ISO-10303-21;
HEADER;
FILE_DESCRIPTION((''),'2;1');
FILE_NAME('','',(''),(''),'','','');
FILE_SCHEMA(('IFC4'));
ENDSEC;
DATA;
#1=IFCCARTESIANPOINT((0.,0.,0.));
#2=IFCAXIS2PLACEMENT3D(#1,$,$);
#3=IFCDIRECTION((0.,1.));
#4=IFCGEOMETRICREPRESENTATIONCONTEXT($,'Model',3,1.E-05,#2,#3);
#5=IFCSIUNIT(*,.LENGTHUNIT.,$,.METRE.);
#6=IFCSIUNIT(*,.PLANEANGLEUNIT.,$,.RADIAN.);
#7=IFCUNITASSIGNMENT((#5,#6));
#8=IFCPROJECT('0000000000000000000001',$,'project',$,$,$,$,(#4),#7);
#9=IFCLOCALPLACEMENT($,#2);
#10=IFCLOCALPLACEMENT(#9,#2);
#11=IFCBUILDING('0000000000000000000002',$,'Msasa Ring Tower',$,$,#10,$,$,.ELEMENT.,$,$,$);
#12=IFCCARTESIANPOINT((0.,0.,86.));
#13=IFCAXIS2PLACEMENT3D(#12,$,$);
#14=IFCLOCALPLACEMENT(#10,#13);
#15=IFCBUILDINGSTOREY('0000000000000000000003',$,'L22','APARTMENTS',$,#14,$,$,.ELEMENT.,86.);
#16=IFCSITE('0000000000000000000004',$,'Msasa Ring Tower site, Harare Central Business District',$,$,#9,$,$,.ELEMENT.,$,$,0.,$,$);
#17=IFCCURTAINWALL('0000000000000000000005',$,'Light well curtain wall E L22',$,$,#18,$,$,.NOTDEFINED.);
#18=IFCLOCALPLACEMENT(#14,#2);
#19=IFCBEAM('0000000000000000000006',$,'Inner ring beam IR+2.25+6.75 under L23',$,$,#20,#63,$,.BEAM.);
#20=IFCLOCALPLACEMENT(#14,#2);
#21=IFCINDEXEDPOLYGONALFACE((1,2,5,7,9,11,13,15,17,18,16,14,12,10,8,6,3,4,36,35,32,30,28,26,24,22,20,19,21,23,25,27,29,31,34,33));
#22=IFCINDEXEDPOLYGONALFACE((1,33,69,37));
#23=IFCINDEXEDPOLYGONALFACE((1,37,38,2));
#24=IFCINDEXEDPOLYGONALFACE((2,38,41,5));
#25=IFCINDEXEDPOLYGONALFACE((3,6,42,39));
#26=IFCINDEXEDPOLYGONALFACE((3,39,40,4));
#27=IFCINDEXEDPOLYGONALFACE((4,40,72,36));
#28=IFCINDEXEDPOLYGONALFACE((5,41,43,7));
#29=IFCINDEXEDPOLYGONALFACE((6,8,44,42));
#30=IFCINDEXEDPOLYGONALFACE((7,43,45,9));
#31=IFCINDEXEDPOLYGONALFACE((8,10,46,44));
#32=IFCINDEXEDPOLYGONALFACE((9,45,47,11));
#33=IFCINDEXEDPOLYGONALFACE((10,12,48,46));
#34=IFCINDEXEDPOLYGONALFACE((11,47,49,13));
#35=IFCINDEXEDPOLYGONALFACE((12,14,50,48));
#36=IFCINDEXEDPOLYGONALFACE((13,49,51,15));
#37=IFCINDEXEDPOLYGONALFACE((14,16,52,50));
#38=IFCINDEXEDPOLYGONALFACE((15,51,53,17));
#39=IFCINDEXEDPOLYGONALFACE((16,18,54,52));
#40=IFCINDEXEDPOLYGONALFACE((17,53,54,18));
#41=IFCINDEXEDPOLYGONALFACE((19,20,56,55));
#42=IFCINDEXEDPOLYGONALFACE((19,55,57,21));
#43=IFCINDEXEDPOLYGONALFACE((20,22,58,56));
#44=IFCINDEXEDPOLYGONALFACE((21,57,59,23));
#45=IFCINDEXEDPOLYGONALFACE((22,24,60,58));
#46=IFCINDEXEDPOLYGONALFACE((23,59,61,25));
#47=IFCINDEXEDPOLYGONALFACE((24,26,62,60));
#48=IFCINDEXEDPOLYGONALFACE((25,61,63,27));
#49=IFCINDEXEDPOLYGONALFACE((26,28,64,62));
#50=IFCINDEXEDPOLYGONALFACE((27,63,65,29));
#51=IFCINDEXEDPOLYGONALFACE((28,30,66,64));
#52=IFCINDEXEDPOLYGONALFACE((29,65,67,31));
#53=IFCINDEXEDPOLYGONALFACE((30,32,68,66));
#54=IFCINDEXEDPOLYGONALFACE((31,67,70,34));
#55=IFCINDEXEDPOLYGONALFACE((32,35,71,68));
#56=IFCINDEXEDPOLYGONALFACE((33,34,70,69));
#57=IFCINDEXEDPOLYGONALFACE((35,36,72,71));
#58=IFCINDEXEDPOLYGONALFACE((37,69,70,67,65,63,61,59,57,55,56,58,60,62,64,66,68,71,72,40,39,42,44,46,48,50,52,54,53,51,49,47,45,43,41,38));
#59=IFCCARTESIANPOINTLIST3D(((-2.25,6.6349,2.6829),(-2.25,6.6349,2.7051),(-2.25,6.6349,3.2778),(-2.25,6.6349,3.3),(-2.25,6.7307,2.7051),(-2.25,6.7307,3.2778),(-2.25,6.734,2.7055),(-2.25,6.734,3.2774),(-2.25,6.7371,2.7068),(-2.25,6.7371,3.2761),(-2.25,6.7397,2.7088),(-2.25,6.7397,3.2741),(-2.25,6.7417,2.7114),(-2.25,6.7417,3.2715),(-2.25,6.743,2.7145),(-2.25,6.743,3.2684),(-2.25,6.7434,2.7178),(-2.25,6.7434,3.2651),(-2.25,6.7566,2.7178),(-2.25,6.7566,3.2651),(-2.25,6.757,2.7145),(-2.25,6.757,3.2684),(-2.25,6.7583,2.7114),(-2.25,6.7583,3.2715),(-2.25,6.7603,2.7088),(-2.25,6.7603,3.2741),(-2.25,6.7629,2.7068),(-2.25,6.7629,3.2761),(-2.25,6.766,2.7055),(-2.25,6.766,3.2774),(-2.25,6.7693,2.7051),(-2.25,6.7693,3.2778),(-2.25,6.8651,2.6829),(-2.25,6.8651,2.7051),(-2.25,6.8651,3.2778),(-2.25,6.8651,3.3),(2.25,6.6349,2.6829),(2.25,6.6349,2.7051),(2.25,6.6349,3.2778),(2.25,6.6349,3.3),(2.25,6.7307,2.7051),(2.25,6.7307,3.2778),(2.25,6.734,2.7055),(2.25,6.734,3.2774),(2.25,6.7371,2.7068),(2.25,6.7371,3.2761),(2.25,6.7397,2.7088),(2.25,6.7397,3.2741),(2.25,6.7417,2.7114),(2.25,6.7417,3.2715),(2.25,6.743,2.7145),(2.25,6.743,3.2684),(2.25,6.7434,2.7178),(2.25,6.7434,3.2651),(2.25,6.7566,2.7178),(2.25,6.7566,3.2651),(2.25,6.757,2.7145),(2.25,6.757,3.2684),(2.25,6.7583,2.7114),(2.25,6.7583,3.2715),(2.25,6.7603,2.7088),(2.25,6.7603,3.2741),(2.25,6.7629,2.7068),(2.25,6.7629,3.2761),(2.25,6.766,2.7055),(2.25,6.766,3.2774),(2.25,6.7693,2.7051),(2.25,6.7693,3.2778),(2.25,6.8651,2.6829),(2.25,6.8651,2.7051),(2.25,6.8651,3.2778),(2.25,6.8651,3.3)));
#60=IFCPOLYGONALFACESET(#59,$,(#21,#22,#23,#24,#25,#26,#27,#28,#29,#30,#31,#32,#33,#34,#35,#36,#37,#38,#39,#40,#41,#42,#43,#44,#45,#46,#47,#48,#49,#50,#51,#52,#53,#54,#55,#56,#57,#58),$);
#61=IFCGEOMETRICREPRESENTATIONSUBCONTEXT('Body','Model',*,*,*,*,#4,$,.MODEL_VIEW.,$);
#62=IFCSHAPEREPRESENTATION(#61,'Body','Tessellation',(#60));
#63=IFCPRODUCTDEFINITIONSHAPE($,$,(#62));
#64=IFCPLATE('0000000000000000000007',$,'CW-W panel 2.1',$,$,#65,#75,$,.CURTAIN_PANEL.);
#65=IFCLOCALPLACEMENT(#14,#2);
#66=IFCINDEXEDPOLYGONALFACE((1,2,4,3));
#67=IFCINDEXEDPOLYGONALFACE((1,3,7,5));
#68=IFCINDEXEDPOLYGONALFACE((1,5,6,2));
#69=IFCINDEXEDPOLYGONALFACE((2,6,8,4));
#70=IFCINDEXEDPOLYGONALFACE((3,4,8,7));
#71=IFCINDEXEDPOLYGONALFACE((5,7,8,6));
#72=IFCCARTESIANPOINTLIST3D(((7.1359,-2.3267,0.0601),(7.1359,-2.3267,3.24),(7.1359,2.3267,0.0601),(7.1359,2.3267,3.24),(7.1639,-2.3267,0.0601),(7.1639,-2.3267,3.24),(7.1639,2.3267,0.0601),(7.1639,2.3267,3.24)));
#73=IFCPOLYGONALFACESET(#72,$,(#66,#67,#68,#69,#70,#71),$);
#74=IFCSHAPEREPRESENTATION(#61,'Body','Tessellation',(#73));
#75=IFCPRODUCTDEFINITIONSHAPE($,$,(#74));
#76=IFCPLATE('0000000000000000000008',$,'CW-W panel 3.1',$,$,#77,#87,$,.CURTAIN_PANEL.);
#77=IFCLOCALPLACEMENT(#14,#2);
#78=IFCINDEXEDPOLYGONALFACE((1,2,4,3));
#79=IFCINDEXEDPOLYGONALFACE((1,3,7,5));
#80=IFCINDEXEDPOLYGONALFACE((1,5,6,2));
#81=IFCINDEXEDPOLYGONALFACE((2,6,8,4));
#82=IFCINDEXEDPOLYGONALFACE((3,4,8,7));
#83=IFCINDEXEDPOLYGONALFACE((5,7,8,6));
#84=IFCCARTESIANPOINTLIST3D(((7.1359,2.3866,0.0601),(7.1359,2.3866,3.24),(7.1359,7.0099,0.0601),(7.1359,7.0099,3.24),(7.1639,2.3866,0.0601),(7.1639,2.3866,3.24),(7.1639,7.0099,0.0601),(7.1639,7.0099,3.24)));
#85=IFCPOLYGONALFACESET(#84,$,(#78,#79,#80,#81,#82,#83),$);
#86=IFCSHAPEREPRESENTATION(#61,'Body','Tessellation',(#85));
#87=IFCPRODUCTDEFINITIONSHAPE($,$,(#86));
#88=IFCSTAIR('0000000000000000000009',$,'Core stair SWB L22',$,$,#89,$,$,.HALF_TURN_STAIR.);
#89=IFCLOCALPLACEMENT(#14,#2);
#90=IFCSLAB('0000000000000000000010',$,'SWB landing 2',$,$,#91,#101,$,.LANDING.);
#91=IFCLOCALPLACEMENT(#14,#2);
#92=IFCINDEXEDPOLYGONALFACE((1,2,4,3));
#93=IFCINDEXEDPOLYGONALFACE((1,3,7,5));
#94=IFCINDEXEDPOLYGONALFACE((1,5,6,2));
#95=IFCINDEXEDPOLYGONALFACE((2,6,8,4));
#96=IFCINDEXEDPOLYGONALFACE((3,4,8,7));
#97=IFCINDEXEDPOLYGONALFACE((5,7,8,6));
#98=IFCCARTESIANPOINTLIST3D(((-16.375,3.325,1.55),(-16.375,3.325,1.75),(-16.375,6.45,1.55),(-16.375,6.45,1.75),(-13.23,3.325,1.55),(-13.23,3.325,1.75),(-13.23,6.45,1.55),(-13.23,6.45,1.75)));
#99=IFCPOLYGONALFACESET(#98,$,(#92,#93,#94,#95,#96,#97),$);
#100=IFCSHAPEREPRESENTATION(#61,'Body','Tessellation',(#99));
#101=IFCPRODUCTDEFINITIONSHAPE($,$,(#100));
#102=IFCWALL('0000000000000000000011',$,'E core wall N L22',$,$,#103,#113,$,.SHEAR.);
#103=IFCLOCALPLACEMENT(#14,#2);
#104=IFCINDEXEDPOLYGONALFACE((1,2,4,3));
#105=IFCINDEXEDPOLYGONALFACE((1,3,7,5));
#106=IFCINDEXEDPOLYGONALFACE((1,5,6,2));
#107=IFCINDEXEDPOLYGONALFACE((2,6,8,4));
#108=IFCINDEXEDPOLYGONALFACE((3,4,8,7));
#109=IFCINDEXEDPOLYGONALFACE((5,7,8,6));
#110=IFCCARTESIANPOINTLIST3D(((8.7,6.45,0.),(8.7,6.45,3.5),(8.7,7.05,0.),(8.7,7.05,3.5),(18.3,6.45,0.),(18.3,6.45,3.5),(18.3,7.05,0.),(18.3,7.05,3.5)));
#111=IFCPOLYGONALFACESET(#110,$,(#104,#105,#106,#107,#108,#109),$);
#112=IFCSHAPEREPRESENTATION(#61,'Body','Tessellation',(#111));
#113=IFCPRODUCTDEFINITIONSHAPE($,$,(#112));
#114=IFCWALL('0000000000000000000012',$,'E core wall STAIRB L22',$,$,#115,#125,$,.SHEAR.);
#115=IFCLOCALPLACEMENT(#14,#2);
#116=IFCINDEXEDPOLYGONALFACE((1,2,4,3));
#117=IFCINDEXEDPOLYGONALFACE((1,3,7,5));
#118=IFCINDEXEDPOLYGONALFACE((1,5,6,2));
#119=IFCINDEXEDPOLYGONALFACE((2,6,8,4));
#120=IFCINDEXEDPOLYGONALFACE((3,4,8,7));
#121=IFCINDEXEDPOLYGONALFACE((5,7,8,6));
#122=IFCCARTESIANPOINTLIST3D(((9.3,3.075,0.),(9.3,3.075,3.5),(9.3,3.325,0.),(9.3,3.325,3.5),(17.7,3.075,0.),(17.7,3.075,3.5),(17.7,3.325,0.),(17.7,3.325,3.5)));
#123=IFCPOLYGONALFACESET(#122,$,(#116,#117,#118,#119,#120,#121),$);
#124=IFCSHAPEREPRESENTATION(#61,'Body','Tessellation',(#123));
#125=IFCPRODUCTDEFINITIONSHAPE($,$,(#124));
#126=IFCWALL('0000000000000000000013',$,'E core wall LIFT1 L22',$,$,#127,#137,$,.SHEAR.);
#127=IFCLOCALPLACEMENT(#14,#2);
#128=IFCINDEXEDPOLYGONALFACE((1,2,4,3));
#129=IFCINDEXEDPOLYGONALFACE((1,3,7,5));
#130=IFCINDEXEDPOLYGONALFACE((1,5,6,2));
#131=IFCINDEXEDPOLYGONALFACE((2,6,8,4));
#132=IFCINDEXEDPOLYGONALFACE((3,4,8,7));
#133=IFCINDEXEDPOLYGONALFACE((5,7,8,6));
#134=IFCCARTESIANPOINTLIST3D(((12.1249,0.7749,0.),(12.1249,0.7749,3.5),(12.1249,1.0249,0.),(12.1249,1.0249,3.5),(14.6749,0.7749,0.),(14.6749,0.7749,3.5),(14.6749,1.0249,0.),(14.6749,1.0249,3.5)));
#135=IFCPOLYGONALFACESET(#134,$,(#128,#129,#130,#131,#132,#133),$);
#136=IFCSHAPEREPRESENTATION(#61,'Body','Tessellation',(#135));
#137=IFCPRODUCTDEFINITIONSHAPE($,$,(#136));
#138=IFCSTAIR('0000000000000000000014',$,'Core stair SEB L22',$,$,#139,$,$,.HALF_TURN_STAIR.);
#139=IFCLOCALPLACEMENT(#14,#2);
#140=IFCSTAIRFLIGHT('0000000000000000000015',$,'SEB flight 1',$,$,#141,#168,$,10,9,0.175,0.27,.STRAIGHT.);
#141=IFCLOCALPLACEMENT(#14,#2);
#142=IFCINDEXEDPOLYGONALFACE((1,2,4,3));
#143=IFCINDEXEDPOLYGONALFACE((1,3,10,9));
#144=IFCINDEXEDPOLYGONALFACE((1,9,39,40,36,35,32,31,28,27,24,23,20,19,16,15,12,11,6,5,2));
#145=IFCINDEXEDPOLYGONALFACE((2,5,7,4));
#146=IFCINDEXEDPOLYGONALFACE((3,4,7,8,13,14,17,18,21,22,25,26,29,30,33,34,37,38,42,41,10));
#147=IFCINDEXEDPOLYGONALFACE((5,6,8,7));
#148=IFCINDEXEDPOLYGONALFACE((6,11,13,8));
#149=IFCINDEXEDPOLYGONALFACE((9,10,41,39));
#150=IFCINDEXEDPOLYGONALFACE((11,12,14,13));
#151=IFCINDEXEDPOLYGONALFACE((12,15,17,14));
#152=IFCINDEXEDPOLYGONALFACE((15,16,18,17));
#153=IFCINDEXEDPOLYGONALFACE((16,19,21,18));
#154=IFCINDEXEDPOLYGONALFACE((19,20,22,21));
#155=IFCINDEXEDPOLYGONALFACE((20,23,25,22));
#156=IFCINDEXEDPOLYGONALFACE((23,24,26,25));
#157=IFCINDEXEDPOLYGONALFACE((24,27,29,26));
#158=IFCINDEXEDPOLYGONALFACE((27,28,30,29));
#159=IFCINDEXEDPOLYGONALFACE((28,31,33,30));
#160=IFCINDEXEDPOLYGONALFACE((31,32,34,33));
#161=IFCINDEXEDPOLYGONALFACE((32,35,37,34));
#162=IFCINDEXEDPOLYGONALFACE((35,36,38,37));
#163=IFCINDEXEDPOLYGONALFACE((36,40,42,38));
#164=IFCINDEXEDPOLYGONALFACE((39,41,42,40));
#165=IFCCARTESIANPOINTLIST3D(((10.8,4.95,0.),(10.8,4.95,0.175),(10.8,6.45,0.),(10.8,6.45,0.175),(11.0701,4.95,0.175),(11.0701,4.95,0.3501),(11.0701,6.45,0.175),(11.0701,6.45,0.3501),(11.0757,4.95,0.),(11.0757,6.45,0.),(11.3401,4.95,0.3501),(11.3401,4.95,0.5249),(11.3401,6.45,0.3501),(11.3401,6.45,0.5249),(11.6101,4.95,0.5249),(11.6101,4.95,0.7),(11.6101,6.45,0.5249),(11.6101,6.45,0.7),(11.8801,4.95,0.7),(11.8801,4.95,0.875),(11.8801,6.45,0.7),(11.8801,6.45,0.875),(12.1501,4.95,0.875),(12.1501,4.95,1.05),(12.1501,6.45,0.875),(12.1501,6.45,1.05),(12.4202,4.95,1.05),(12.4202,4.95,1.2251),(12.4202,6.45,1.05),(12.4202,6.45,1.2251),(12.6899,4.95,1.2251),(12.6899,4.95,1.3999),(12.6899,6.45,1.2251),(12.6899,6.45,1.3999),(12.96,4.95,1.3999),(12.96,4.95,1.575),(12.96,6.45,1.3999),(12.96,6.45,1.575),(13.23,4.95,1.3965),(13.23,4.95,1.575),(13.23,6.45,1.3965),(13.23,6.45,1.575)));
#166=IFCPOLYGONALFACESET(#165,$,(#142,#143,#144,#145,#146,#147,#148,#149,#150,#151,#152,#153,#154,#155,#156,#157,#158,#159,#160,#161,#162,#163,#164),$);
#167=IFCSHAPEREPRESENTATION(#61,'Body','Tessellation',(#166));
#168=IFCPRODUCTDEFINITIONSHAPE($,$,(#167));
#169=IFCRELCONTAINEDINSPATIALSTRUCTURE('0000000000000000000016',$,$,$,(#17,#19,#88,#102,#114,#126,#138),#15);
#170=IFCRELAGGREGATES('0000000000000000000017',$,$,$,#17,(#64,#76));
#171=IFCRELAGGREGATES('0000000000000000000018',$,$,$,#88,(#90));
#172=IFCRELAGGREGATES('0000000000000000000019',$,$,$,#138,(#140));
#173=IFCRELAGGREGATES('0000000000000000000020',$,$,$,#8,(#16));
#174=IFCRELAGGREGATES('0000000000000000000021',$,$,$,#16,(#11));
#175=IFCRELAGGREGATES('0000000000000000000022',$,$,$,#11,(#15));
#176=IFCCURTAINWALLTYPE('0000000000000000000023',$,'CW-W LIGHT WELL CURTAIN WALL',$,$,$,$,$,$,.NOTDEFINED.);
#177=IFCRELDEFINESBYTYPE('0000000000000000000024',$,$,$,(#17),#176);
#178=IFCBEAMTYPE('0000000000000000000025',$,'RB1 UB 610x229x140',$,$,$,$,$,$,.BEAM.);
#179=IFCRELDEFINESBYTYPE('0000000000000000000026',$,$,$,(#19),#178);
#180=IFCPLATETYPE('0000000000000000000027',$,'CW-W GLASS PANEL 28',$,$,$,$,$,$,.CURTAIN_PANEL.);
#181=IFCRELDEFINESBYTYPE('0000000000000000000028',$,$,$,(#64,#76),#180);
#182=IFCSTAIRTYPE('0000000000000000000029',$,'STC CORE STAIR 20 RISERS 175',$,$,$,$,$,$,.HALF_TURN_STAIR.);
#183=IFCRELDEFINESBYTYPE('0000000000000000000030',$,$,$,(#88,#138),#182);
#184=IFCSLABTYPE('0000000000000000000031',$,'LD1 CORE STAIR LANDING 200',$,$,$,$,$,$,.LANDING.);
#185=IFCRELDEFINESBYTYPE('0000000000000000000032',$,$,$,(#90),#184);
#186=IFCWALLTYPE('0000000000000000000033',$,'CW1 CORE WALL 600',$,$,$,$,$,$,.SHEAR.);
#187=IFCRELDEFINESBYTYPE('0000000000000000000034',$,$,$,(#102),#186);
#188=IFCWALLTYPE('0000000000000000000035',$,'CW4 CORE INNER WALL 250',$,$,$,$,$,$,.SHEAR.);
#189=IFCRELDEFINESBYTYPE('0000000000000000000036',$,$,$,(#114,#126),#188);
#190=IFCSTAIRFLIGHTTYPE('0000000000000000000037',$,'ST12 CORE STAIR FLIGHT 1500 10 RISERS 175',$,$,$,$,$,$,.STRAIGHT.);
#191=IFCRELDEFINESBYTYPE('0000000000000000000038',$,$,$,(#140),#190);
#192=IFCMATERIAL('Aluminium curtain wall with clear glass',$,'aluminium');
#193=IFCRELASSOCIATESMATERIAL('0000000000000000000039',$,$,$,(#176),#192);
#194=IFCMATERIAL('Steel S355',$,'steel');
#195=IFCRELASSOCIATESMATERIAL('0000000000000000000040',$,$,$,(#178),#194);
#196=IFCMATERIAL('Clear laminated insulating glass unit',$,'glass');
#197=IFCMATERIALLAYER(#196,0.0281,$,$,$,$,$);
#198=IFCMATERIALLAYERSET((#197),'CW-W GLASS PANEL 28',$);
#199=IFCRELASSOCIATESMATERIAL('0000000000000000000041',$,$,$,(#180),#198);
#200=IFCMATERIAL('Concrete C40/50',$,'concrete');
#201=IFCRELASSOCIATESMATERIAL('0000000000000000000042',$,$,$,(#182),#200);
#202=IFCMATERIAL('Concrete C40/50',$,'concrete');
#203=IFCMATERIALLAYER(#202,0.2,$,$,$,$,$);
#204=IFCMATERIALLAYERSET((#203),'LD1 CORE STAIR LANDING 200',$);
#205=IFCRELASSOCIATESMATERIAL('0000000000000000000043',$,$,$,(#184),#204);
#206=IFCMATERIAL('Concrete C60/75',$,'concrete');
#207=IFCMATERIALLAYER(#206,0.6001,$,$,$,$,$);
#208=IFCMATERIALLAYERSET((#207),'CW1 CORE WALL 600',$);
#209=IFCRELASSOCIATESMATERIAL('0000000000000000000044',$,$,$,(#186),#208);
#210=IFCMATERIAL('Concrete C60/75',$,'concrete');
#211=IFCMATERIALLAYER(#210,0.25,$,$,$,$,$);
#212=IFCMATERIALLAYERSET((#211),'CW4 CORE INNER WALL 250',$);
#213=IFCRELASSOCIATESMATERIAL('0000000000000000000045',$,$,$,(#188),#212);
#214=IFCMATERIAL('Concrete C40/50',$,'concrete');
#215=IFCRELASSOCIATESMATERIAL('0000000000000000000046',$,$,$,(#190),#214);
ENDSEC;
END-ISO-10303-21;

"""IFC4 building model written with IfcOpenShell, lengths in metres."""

from ifc_helpers import new_model, si_unit, direction, frame, frame_2d, origin, origin_2d, place, context, subcontext, project, spatial, polyline, rectangle, i_section, outline, extrude, material, layer, layer_set, material_profile, profile_set, type_object, element, aggregate, save


model = new_model("IFC4")

# Units and contexts
model_context = context("Model", 3, precision=1e-05, world=origin(), true_north=direction((0.0, 1.0)))
body_context = subcontext(model_context, "Body", "Model", "MODEL_VIEW")
ifc_project = project(units=[si_unit("LENGTHUNIT", "METRE"), si_unit("PLANEANGLEUNIT", "RADIAN")], contexts=[model_context])

# Site, building, storey
site_placement = place(None, origin())
site = spatial("IfcSite", under=ifc_project, at=site_placement, Name="Msasa Ring Tower site, Harare Central Business District", CompositionType="ELEMENT", RefElevation=0.0)
building_placement = place(site_placement, origin())
building = spatial("IfcBuilding", under=site, at=building_placement, Name="Msasa Ring Tower", CompositionType="ELEMENT")
storey_placement = place(building_placement, frame((0.0, 0.0, 86.0)))
storey = spatial("IfcBuildingStorey", under=building, at=storey_placement, Name="L22", Description="APARTMENTS", CompositionType="ELEMENT", Elevation=86.0)

# Curtain wall
ifc_material_1 = material(Name="Aluminium curtain wall with clear glass", Category="aluminium")
curtain_wall_type = type_object("IfcCurtainWallType", Name="CW-W LIGHT WELL CURTAIN WALL", PredefinedType="NOTDEFINED", material=ifc_material_1)
curtain_wall_placement = place(storey_placement, origin())
curtain_wall = element("IfcCurtainWall", 1, at=curtain_wall_placement, inside=storey, type_object=curtain_wall_type, Name="Light well curtain wall E L22", PredefinedType="NOTDEFINED")

# Beam
ifc_material_2 = material(Name="Steel S355", Category="steel")
ifc_material_profile_1 = material_profile(ifc_material_2, i_section(OverallWidth=0.2302, OverallDepth=0.6172, WebThickness=0.0132, FlangeThickness=0.0222, FilletRadius=0.0127, at=origin_2d()), Name="UB 610x229x140")
ifc_profile_set_1 = profile_set([ifc_material_profile_1], Name="Steel S355")
beam_type = type_object("IfcBeamType", Name="RB1 UB 610x229x140", PredefinedType="BEAM", material=ifc_profile_set_1)
for number, where, z_axis, x_axis, name in (
    (2, (2.25, 6.75, 2.9915), (-1.0, 0.0, 0.0), (0.0, -1.0, 0.0), "Inner ring beam IR+2.25+6.75 under L23"),
):
    element("IfcBeam", number, at=place(storey_placement, frame(where, z_axis=z_axis, x_axis=x_axis)), inside=storey, type_object=beam_type, Name=name, PredefinedType="BEAM", context=body_context, shape_type="SweptSolid", body=[
        extrude(i_section(OverallWidth=0.2302, OverallDepth=0.6172, WebThickness=0.0132, FlangeThickness=0.0222, FilletRadius=0.0127, at=origin_2d()), origin(), (0.0, 0.0, 1.0), 4.5),
    ])

# Plates
ifc_material_3 = material(Name="Clear laminated insulating glass unit", Category="glass")
ifc_layer_1 = layer(ifc_material_3, 0.0281)
ifc_layer_set_1 = layer_set([ifc_layer_1], Name="CW-W GLASS PANEL 28")
plate_type = type_object("IfcPlateType", Name="CW-W GLASS PANEL 28", PredefinedType="CURTAIN_PANEL", material=ifc_layer_set_1)
plate_1_placement = place(storey_placement, frame((7.1499, 0.0, 0.0601), z_axis=(0.0, 0.0, 1.0), x_axis=(0.0, 1.0, 0.0)))
plate_1 = element("IfcPlate", 3, at=plate_1_placement, type_object=plate_type, Name="CW-W panel 2.1", PredefinedType="CURTAIN_PANEL", context=body_context, shape_type="SweptSolid", body=[
    extrude(rectangle(XDim=4.6533, YDim=0.0281, at=origin_2d()), origin(), (0.0, 0.0, 1.0), 3.1799),
])
plate_2_placement = place(storey_placement, frame((7.1499, 4.6982, 0.0601), z_axis=(0.0, 0.0, 1.0), x_axis=(0.0, 1.0, 0.0)))
plate_2 = element("IfcPlate", 4, at=plate_2_placement, type_object=plate_type, Name="CW-W panel 3.1", PredefinedType="CURTAIN_PANEL", context=body_context, shape_type="SweptSolid", body=[
    extrude(rectangle(XDim=4.6233, YDim=0.0281, at=origin_2d()), origin(), (0.0, 0.0, 1.0), 3.1799),
])
aggregate(curtain_wall, [plate_1, plate_2])

# Stair, slab
ifc_material_4 = material(Name="Concrete C40/50", Category="concrete")
stair_type = type_object("IfcStairType", Name="STC CORE STAIR 20 RISERS 175", PredefinedType="HALF_TURN_STAIR", material=ifc_material_4)
stair_1_placement = place(storey_placement, origin())
stair_1 = element("IfcStair", 5, at=stair_1_placement, inside=storey, type_object=stair_type, Name="Core stair SWB L22", PredefinedType="HALF_TURN_STAIR")
ifc_material_5 = material(Name="Concrete C40/50", Category="concrete")
ifc_layer_2 = layer(ifc_material_5, 0.2)
ifc_layer_set_2 = layer_set([ifc_layer_2], Name="LD1 CORE STAIR LANDING 200")
slab_type = type_object("IfcSlabType", Name="LD1 CORE STAIR LANDING 200", PredefinedType="LANDING", material=ifc_layer_set_2)
slab_placement = place(storey_placement, frame((0.0, 0.0, 1.55)))
slab = element("IfcSlab", 6, at=slab_placement, type_object=slab_type, Name="SWB landing 2", PredefinedType="LANDING", context=body_context, shape_type="SweptSolid", body=[
    extrude(outline(polyline([(-16.375, 3.325), (-13.23, 3.325), (-13.23, 6.45), (-16.375, 6.45), (-16.375, 3.325)])), origin(), (0.0, 0.0, 1.0), 0.2),
])
aggregate(stair_1, [slab])

# Walls
ifc_material_6 = material(Name="Concrete C60/75", Category="concrete")
ifc_layer_3 = layer(ifc_material_6, 0.6001)
ifc_layer_set_3 = layer_set([ifc_layer_3], Name="CW1 CORE WALL 600")
wall_type_1 = type_object("IfcWallType", Name="CW1 CORE WALL 600", PredefinedType="SHEAR", material=ifc_layer_set_3)
wall_1_placement = place(storey_placement, frame((8.7, 6.75, 0.0), z_axis=(0.0, 0.0, 1.0), x_axis=(1.0, 0.0, 0.0)))
element("IfcWall", 7, at=wall_1_placement, inside=storey, type_object=wall_type_1, Name="E core wall N L22", PredefinedType="SHEAR", context=body_context, shape_type="SweptSolid", body=[
    extrude(rectangle(XDim=9.6001, YDim=0.6001, at=frame_2d((4.8, 0.0))), origin(), (0.0, 0.0, 1.0), 3.5),
])
ifc_material_7 = material(Name="Concrete C60/75", Category="concrete")
ifc_layer_4 = layer(ifc_material_7, 0.25)
ifc_layer_set_4 = layer_set([ifc_layer_4], Name="CW4 CORE INNER WALL 250")
wall_type_2 = type_object("IfcWallType", Name="CW4 CORE INNER WALL 250", PredefinedType="SHEAR", material=ifc_layer_set_4)
wall_2_placement = place(storey_placement, frame((9.3, 3.2, 0.0), z_axis=(0.0, 0.0, 1.0), x_axis=(1.0, 0.0, 0.0)))
element("IfcWall", 8, at=wall_2_placement, inside=storey, type_object=wall_type_2, Name="E core wall STAIRB L22", PredefinedType="SHEAR", context=body_context, shape_type="SweptSolid", body=[
    extrude(rectangle(XDim=8.3999, YDim=0.25, at=frame_2d((4.2, 0.0))), origin(), (0.0, 0.0, 1.0), 3.5),
])
wall_3_placement = place(storey_placement, frame((12.125, 0.8999, 0.0), z_axis=(0.0, 0.0, 1.0), x_axis=(1.0, 0.0, 0.0)))
element("IfcWall", 9, at=wall_3_placement, inside=storey, type_object=wall_type_2, Name="E core wall LIFT1 L22", PredefinedType="SHEAR", context=body_context, shape_type="SweptSolid", body=[
    extrude(rectangle(XDim=2.55, YDim=0.25, at=frame_2d((1.2749, 0.0))), origin(), (0.0, 0.0, 1.0), 3.5),
])

# Stair, stair flight
stair_2_placement = place(storey_placement, origin())
stair_2 = element("IfcStair", 10, at=stair_2_placement, inside=storey, type_object=stair_type, Name="Core stair SEB L22", PredefinedType="HALF_TURN_STAIR")
ifc_material_8 = material(Name="Concrete C40/50", Category="concrete")
stair_flight_type = type_object("IfcStairFlightType", Name="ST12 CORE STAIR FLIGHT 1500 10 RISERS 175", PredefinedType="STRAIGHT", material=ifc_material_8)
stair_flight_placement = place(storey_placement, frame((10.8, 5.7, 0.0), z_axis=(0.0, 0.0, 1.0), x_axis=(1.0, 0.0, 0.0)))
stair_flight = element("IfcStairFlight", 11, at=stair_flight_placement, type_object=stair_flight_type, Name="SEB flight 1", NumberOfRisers=10, NumberOfTreads=9, PredefinedType="STRAIGHT", RiserHeight=0.175, TreadLength=0.27, context=body_context, shape_type="SweptSolid", body=[
    extrude(outline(polyline([(0.0, 0.0), (0.0, 0.175), (0.27, 0.175), (0.27, 0.3501), (0.54, 0.3501), (0.54, 0.5249), (0.8101, 0.5249), (0.8101, 0.7), (1.0801, 0.7), (1.0801, 0.875), (1.3501, 0.875), (1.3501, 1.05), (1.6201, 1.05), (1.6201, 1.2251), (1.8899, 1.2251), (1.8899, 1.3999), (2.1599, 1.3999), (2.1599, 1.575), (2.4299, 1.575), (2.4299, 1.75), (2.4299, 1.3965), (0.2756, 0.0), (0.0, 0.0)])), frame((0.0, 0.75, 0.0), z_axis=(0.0, -1.0, 0.0), x_axis=(1.0, 0.0, 0.0)), (0.0, 0.0, 1.0), 1.5),
])
aggregate(stair_2, [stair_flight])

save(model, "model.ifc")
